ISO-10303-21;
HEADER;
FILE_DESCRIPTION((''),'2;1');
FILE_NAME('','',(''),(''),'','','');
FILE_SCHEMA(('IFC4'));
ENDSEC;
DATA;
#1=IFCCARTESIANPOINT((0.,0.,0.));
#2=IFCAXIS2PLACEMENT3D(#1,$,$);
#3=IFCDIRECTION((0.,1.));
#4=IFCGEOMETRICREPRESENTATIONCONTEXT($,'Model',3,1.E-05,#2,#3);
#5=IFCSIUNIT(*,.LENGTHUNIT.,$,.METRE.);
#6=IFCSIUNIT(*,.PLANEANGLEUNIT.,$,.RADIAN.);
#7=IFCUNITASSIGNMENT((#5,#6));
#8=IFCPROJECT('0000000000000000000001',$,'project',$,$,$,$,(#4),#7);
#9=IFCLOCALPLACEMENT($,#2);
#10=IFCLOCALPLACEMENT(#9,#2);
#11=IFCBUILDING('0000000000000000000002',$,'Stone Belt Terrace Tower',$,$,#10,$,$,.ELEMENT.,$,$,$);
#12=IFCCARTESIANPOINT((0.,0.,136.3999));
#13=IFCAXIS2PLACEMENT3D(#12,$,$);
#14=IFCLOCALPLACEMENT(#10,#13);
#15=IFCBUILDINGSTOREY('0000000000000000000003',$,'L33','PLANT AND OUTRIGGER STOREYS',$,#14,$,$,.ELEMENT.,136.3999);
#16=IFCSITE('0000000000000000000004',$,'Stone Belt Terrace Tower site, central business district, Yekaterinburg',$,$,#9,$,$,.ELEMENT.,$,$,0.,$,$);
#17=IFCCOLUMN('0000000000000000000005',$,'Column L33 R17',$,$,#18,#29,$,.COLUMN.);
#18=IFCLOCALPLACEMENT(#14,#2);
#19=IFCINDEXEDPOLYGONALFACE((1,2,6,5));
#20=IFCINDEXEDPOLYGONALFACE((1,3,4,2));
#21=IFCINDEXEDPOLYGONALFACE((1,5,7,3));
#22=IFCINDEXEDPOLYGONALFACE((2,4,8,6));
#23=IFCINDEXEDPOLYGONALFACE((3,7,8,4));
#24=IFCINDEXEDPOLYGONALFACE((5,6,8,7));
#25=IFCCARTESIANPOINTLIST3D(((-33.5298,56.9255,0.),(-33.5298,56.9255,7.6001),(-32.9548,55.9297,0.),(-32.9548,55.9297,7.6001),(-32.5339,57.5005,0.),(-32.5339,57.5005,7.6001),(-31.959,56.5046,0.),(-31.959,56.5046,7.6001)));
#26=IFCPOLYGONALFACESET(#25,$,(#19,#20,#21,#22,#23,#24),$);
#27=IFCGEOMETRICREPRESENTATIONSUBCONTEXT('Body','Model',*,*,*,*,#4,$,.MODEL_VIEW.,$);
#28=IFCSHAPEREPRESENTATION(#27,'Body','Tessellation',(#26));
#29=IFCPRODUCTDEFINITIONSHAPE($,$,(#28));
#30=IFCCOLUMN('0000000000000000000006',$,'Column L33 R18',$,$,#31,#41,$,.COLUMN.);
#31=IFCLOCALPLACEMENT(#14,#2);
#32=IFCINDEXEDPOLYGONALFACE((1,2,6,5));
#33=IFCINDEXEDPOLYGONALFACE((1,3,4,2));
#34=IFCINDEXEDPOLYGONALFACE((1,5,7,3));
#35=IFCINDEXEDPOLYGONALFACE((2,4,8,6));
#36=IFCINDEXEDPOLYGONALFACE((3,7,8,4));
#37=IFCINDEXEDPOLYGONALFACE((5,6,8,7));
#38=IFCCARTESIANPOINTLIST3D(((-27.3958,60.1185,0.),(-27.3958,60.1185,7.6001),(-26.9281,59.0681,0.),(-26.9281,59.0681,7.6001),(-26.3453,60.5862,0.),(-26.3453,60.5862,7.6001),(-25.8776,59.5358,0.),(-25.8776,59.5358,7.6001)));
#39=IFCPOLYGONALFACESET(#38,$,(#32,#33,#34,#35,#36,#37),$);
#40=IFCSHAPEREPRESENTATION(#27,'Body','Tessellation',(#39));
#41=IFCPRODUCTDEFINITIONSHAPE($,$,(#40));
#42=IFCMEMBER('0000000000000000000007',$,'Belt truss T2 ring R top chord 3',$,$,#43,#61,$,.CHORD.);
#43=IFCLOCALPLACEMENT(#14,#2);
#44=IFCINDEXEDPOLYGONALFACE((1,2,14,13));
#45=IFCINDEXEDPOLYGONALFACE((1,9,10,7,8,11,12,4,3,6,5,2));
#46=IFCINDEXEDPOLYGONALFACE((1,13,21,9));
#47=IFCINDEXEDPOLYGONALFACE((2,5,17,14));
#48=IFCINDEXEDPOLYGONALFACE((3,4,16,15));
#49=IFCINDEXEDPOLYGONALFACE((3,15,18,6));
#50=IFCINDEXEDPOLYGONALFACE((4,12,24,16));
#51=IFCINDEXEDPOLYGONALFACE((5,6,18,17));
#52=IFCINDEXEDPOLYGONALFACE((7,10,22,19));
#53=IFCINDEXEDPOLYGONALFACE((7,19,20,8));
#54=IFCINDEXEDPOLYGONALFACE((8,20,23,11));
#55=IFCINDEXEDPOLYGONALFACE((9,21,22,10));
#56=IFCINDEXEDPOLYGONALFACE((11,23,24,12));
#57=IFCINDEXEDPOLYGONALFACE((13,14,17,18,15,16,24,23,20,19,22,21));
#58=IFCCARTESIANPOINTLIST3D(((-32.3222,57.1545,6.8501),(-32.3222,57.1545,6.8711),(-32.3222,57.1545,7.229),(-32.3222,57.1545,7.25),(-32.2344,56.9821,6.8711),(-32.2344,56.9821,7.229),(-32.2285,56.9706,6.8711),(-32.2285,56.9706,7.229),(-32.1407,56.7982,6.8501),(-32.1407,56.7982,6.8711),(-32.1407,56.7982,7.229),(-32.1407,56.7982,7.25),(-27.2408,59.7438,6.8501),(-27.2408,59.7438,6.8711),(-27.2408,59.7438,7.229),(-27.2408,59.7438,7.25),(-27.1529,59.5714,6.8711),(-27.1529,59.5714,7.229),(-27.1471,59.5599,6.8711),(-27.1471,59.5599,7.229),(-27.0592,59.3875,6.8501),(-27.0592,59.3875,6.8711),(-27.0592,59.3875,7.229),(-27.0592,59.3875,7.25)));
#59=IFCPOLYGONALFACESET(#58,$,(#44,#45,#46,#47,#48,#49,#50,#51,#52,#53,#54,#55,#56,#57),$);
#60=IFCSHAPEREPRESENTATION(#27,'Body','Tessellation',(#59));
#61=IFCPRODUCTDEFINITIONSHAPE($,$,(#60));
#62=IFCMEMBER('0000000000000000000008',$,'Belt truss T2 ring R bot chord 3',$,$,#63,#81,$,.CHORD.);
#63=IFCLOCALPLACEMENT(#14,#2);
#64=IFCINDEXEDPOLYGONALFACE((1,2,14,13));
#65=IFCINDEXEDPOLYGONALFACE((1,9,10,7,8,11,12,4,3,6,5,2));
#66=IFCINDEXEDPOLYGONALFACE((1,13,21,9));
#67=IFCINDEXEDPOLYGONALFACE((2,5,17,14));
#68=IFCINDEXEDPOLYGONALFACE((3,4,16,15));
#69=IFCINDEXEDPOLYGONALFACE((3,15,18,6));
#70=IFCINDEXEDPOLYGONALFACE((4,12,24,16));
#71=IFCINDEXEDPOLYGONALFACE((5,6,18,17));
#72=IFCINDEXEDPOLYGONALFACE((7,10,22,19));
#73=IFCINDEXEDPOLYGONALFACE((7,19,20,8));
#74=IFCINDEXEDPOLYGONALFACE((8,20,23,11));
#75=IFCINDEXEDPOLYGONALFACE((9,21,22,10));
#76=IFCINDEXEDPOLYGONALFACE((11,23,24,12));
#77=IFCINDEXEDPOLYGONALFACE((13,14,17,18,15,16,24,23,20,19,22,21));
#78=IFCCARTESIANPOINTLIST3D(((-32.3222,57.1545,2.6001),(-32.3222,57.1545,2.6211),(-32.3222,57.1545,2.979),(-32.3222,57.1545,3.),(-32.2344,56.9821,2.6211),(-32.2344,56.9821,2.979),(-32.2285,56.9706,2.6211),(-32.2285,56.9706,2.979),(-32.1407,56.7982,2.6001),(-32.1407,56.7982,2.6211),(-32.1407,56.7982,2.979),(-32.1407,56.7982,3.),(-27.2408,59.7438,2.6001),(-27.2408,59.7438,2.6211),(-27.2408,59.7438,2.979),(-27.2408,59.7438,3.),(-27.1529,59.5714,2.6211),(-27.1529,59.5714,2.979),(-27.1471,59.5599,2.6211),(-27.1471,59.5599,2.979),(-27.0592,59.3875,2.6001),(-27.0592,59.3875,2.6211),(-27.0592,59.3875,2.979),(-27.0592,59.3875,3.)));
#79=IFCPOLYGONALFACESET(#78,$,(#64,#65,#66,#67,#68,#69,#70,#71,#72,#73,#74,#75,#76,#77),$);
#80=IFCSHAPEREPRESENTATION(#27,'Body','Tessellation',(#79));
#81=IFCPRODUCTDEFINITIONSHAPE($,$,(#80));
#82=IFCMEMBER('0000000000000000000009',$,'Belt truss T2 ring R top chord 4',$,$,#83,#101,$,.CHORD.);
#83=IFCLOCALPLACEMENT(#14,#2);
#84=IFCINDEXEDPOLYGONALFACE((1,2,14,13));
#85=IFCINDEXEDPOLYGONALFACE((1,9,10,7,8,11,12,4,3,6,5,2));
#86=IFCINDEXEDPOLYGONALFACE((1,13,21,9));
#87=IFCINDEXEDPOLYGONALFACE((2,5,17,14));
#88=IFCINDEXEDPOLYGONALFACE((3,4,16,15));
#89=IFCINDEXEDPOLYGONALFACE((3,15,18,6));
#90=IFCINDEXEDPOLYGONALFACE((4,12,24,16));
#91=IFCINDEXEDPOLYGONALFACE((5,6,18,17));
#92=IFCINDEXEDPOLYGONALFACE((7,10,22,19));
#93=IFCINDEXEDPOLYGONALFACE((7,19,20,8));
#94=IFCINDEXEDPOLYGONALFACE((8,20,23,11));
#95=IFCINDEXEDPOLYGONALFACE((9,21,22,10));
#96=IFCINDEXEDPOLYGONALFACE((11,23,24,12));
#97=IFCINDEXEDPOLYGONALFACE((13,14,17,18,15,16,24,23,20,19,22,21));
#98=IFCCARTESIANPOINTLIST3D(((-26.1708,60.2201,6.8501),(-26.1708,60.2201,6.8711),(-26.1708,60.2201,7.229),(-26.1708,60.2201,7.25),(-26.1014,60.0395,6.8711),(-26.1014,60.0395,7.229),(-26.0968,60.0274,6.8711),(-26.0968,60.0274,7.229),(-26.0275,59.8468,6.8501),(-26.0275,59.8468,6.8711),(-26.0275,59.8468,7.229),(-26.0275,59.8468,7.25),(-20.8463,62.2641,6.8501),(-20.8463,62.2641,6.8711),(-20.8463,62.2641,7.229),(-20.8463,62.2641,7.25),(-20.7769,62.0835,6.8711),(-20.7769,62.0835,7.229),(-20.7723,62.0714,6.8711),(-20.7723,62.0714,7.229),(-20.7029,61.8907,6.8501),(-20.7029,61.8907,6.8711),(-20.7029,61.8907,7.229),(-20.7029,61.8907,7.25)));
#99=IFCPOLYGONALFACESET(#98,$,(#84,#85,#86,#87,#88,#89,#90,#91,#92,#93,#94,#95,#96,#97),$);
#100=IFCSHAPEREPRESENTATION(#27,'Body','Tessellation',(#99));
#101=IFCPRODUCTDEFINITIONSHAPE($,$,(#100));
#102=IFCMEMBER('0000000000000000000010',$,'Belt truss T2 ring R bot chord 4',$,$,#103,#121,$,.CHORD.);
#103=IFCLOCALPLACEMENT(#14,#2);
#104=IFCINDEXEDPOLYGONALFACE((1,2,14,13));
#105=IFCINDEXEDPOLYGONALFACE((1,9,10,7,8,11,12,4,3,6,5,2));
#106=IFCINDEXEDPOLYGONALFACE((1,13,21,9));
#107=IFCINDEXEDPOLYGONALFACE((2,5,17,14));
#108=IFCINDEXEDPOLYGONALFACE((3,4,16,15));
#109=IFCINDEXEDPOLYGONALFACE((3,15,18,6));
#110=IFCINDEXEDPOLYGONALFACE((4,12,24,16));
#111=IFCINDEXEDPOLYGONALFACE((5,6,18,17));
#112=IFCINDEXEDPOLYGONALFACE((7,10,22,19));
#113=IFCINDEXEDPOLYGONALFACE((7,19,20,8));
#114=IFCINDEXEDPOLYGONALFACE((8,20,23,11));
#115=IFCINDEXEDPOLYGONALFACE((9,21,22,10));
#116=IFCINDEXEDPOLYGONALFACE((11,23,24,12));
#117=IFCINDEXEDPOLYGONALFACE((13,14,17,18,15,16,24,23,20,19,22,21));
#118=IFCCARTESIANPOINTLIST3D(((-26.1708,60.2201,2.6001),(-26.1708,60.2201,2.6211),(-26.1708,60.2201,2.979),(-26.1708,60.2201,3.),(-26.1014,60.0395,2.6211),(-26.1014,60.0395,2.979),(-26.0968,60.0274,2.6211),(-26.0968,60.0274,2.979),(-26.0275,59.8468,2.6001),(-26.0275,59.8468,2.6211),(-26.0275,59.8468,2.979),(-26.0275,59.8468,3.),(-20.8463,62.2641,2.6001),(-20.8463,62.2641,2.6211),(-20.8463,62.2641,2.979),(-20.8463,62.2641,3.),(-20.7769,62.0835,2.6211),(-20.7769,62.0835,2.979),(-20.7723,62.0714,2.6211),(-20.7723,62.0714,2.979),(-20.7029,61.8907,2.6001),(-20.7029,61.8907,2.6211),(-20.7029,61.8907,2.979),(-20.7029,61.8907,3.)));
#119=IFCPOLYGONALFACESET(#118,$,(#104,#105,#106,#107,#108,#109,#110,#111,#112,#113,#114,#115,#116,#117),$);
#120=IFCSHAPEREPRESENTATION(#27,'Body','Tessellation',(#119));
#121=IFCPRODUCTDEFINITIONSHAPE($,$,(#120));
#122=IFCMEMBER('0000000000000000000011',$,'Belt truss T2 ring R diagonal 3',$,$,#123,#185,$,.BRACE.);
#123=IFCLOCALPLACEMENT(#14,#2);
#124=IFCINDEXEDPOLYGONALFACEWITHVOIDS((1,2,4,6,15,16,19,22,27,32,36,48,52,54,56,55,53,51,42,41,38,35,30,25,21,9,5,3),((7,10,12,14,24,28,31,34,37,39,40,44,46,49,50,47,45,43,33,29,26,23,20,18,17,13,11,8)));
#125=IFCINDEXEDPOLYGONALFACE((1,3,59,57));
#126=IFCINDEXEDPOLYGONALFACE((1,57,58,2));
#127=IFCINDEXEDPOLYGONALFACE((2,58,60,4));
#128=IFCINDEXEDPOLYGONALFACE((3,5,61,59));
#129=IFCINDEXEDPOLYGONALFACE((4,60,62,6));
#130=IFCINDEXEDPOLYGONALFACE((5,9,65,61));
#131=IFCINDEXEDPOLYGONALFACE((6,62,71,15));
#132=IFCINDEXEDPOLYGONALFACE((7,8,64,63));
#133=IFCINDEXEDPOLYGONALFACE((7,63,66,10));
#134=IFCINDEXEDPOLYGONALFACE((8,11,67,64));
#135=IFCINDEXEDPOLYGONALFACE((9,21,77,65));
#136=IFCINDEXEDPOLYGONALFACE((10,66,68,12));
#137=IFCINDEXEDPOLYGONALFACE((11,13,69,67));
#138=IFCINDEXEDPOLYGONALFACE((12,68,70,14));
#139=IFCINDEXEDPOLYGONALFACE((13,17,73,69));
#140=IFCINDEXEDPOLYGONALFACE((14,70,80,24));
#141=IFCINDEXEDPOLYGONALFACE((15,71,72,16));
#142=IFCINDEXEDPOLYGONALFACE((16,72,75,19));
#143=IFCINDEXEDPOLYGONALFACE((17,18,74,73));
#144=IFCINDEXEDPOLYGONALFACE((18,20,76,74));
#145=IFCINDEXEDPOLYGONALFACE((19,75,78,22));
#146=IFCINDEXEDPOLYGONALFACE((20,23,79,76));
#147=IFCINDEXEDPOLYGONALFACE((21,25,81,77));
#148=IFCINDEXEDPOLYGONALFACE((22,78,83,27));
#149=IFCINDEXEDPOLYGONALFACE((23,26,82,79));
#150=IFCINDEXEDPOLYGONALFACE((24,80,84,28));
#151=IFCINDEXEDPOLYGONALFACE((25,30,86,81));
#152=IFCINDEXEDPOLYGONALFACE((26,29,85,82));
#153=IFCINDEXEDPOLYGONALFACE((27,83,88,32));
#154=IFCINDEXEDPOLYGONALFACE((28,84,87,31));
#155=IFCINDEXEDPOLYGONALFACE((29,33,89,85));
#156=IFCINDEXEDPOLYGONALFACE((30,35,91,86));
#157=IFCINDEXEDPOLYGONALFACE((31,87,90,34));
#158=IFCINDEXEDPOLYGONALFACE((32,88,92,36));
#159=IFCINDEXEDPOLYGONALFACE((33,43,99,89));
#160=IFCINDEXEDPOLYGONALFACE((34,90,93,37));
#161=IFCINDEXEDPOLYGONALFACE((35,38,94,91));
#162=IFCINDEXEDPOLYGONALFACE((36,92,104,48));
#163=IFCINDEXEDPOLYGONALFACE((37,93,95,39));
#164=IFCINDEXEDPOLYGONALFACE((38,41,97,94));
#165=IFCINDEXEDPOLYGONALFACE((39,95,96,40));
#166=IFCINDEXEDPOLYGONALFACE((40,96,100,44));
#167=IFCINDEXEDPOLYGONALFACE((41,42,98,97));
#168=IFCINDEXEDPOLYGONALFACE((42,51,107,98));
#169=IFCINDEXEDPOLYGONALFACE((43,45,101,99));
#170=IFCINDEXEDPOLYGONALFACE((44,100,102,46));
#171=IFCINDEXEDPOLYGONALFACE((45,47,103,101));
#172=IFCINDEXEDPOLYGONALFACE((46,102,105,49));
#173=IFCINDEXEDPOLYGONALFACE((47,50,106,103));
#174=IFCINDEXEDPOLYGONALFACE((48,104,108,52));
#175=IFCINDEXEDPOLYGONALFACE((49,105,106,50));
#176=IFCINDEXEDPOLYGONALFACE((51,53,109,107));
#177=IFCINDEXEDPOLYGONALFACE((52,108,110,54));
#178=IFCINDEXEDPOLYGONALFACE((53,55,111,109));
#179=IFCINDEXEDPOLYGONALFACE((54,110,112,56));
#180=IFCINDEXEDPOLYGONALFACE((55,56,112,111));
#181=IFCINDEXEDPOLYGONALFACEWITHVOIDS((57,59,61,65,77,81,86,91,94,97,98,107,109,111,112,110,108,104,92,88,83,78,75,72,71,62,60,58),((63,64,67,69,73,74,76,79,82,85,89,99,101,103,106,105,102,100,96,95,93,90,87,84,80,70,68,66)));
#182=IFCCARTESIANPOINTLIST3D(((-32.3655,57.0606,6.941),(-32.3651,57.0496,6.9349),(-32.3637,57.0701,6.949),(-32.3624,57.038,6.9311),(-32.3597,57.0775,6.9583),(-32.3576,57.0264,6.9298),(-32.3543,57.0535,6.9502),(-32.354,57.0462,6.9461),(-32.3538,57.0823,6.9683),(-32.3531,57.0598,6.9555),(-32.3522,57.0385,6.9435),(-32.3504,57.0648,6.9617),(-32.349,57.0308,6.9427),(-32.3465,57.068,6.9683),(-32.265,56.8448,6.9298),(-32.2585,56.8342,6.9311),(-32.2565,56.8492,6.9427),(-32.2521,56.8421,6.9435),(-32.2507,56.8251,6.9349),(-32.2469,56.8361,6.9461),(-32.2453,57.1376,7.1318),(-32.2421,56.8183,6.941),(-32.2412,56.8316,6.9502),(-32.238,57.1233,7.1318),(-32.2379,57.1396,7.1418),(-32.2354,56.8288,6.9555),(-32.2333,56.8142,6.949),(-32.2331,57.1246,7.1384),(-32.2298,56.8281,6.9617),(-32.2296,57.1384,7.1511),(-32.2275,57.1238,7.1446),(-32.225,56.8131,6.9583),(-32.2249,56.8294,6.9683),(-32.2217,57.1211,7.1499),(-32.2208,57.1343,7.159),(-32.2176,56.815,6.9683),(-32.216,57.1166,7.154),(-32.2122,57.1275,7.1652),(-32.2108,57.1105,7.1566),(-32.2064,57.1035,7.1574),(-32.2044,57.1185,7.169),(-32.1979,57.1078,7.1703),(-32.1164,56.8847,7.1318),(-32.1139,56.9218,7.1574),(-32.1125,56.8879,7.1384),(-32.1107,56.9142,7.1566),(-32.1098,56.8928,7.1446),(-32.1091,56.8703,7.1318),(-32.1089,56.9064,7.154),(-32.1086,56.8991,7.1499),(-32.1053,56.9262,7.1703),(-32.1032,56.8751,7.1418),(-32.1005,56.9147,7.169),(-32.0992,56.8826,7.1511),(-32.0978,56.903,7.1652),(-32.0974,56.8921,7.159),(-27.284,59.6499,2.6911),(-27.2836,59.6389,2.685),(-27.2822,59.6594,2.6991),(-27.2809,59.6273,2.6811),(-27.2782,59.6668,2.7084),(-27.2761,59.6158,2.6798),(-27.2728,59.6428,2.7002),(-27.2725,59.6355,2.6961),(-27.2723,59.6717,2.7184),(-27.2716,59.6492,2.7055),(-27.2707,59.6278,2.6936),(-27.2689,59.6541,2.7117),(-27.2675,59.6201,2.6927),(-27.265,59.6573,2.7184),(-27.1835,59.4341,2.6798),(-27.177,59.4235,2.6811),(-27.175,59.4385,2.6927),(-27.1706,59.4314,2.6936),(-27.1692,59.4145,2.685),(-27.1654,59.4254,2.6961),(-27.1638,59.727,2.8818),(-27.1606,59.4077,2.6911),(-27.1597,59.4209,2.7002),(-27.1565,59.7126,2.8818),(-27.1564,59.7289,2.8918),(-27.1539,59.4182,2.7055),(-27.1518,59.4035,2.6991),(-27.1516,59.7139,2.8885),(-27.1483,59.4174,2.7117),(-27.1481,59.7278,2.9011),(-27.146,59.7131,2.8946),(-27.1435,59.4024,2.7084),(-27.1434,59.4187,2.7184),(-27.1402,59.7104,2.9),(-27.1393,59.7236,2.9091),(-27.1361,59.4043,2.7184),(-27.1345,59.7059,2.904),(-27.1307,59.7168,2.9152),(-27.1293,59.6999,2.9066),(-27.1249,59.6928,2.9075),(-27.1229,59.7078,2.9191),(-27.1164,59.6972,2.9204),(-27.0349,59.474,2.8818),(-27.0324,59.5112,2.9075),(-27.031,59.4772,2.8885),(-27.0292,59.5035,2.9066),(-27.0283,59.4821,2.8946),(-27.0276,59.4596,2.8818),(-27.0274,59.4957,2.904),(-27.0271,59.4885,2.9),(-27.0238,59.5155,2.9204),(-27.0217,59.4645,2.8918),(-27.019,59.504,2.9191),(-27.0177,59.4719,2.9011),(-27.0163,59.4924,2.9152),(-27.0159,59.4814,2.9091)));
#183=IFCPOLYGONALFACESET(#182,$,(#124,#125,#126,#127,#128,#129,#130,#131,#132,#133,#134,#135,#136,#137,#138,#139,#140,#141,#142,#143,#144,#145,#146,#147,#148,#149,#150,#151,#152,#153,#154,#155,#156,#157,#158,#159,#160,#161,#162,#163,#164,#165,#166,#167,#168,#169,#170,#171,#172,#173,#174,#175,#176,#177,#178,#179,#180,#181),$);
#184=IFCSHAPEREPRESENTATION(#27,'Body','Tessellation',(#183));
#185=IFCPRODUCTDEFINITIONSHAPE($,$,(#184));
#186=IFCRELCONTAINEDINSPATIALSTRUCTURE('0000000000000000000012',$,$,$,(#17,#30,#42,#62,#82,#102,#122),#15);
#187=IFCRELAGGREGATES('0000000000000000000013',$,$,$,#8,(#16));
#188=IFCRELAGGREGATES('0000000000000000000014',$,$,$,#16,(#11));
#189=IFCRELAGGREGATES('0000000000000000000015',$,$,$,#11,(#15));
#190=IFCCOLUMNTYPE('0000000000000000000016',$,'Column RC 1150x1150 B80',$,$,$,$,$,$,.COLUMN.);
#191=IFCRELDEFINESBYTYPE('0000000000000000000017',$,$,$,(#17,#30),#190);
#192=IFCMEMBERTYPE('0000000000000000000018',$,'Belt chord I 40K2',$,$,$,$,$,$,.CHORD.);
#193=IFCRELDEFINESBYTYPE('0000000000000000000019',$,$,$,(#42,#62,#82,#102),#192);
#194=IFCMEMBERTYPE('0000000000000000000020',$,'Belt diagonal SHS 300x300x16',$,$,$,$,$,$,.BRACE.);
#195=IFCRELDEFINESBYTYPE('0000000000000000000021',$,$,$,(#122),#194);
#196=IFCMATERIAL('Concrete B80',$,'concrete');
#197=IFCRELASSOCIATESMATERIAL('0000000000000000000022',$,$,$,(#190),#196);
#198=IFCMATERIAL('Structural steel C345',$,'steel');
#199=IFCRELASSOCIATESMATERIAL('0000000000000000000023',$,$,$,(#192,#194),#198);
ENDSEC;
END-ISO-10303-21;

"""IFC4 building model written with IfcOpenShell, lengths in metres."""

from ifc_helpers import new_model, si_unit, direction, frame, origin, origin_2d, place, context, subcontext, project, spatial, rectangle, hollow_rectangle, i_section, extrude, material, material_profile, profile_set, type_object, element, save


model = new_model("IFC4")

# Units and contexts
model_context = context("Model", 3, precision=1e-05, world=origin(), true_north=direction((0.0, 1.0)))
body_context = subcontext(model_context, "Body", "Model", "MODEL_VIEW")
ifc_project = project(units=[si_unit("LENGTHUNIT", "METRE"), si_unit("PLANEANGLEUNIT", "RADIAN")], contexts=[model_context])

# Site, building, storey
site_placement = place(None, origin())
site = spatial("IfcSite", under=ifc_project, at=site_placement, Name="Stone Belt Terrace Tower site, central business district, Yekaterinburg", CompositionType="ELEMENT", RefElevation=0.0)
building_placement = place(site_placement, origin())
building = spatial("IfcBuilding", under=site, at=building_placement, Name="Stone Belt Terrace Tower", CompositionType="ELEMENT")
storey_placement = place(building_placement, frame((0.0, 0.0, 136.3999)))
storey = spatial("IfcBuildingStorey", under=building, at=storey_placement, Name="L33", Description="PLANT AND OUTRIGGER STOREYS", CompositionType="ELEMENT", Elevation=136.3999)

# Columns
ifc_material_1 = material(Name="Concrete B80", Category="concrete")
ifc_material_profile_1 = material_profile(ifc_material_1, rectangle(XDim=1.1499, YDim=1.1499, at=origin_2d()), Name="RC 1150x1150")
ifc_profile_set_1 = profile_set([ifc_material_profile_1], Name="Concrete B80")
column_type = type_object("IfcColumnType", Name="Column RC 1150x1150 B80", PredefinedType="COLUMN", material=ifc_profile_set_1)
for number, where, z_axis, x_axis, name in (
    (1, (-32.7444, 56.7151, 0.0), (0.0, 0.0, 1.0), (0.866025, 0.5, 0.0), "Column L33 R17"),
    (2, (-26.6367, 59.8271, 0.0), (0.0, 0.0, 1.0), (0.913545, 0.406737, 0.0), "Column L33 R18"),
):
    element("IfcColumn", number, at=place(storey_placement, frame(where, z_axis=z_axis, x_axis=x_axis)), inside=storey, type_object=column_type, Name=name, PredefinedType="COLUMN", context=body_context, shape_type="SweptSolid", body=[
        extrude(rectangle(XDim=1.1499, YDim=1.1499, at=origin_2d()), origin(), (0.0, 0.0, 1.0), 7.6001),
    ])

# Members
ifc_material_2 = material(Name="Structural steel C345", Category="steel")
ifc_material_profile_2 = material_profile(ifc_material_2, i_section(OverallWidth=0.3999, OverallDepth=0.3999, WebThickness=0.0129, FlangeThickness=0.021, at=origin_2d()), Name="I 40K2")
ifc_profile_set_2 = profile_set([ifc_material_profile_2], Name="Structural steel C345")
member_type_1 = type_object("IfcMemberType", Name="Belt chord I 40K2", PredefinedType="CHORD", material=ifc_profile_set_2)
for number, where, z_axis, x_axis, name in (
    (3, (-32.2314, 56.9763, 7.05), (0.890994, 0.454016, 0.0), (-0.454016, 0.890994, 0.0), "Belt truss T2 ring R top chord 3"),
    (4, (-32.2314, 56.9763, 2.8), (0.890994, 0.454016, 0.0), (-0.454016, 0.890994, 0.0), "Belt truss T2 ring R bot chord 3"),
):
    element("IfcMember", number, at=place(storey_placement, frame(where, z_axis=z_axis, x_axis=x_axis)), inside=storey, type_object=member_type_1, Name=name, PredefinedType="CHORD", context=body_context, shape_type="SweptSolid", body=[
        extrude(i_section(OverallWidth=0.3999, OverallDepth=0.3999, WebThickness=0.0129, FlangeThickness=0.021, at=origin_2d()), origin(), (0.0, 0.0, 1.0), 5.7031),
    ])
for number, where, z_axis, x_axis, name in (
    (5, (-26.0991, 60.0334, 7.05), (0.933576, 0.358379, 0.0), (-0.358379, 0.933576, 0.0), "Belt truss T2 ring R top chord 4"),
    (6, (-26.0991, 60.0334, 2.8), (0.933576, 0.358379, 0.0), (-0.358379, 0.933576, 0.0), "Belt truss T2 ring R bot chord 4"),
):
    element("IfcMember", number, at=place(storey_placement, frame(where, z_axis=z_axis, x_axis=x_axis)), inside=storey, type_object=member_type_1, Name=name, PredefinedType="CHORD", context=body_context, shape_type="SweptSolid", body=[
        extrude(i_section(OverallWidth=0.3999, OverallDepth=0.3999, WebThickness=0.0129, FlangeThickness=0.021, at=origin_2d()), origin(), (0.0, 0.0, 1.0), 5.7034),
    ])
ifc_material_profile_3 = material_profile(ifc_material_2, hollow_rectangle(XDim=0.3, YDim=0.3, WallThickness=0.0161, InnerFilletRadius=0.032, OuterFilletRadius=0.0481, at=origin_2d()), Name="SHS 300x300x16")
ifc_profile_set_3 = profile_set([ifc_material_profile_3], Name="Structural steel C345")
member_type_2 = type_object("IfcMemberType", Name="Belt diagonal SHS 300x300x16", PredefinedType="BRACE", material=ifc_profile_set_3)
member_1_placement = place(storey_placement, frame((-32.2314, 56.9763, 7.05), z_axis=(0.714441, 0.364051, -0.59753), x_axis=(-0.454016, 0.890994, 0.0)))
element("IfcMember", 7, at=member_1_placement, inside=storey, type_object=member_type_2, Name="Belt truss T2 ring R diagonal 3", PredefinedType="BRACE", context=body_context, shape_type="SweptSolid", body=[
    extrude(hollow_rectangle(XDim=0.3, YDim=0.3, WallThickness=0.0161, InnerFilletRadius=0.032, OuterFilletRadius=0.0481, at=origin_2d()), origin(), (0.0, 0.0, 1.0), 7.1125),
])

save(model, "model.ifc")
